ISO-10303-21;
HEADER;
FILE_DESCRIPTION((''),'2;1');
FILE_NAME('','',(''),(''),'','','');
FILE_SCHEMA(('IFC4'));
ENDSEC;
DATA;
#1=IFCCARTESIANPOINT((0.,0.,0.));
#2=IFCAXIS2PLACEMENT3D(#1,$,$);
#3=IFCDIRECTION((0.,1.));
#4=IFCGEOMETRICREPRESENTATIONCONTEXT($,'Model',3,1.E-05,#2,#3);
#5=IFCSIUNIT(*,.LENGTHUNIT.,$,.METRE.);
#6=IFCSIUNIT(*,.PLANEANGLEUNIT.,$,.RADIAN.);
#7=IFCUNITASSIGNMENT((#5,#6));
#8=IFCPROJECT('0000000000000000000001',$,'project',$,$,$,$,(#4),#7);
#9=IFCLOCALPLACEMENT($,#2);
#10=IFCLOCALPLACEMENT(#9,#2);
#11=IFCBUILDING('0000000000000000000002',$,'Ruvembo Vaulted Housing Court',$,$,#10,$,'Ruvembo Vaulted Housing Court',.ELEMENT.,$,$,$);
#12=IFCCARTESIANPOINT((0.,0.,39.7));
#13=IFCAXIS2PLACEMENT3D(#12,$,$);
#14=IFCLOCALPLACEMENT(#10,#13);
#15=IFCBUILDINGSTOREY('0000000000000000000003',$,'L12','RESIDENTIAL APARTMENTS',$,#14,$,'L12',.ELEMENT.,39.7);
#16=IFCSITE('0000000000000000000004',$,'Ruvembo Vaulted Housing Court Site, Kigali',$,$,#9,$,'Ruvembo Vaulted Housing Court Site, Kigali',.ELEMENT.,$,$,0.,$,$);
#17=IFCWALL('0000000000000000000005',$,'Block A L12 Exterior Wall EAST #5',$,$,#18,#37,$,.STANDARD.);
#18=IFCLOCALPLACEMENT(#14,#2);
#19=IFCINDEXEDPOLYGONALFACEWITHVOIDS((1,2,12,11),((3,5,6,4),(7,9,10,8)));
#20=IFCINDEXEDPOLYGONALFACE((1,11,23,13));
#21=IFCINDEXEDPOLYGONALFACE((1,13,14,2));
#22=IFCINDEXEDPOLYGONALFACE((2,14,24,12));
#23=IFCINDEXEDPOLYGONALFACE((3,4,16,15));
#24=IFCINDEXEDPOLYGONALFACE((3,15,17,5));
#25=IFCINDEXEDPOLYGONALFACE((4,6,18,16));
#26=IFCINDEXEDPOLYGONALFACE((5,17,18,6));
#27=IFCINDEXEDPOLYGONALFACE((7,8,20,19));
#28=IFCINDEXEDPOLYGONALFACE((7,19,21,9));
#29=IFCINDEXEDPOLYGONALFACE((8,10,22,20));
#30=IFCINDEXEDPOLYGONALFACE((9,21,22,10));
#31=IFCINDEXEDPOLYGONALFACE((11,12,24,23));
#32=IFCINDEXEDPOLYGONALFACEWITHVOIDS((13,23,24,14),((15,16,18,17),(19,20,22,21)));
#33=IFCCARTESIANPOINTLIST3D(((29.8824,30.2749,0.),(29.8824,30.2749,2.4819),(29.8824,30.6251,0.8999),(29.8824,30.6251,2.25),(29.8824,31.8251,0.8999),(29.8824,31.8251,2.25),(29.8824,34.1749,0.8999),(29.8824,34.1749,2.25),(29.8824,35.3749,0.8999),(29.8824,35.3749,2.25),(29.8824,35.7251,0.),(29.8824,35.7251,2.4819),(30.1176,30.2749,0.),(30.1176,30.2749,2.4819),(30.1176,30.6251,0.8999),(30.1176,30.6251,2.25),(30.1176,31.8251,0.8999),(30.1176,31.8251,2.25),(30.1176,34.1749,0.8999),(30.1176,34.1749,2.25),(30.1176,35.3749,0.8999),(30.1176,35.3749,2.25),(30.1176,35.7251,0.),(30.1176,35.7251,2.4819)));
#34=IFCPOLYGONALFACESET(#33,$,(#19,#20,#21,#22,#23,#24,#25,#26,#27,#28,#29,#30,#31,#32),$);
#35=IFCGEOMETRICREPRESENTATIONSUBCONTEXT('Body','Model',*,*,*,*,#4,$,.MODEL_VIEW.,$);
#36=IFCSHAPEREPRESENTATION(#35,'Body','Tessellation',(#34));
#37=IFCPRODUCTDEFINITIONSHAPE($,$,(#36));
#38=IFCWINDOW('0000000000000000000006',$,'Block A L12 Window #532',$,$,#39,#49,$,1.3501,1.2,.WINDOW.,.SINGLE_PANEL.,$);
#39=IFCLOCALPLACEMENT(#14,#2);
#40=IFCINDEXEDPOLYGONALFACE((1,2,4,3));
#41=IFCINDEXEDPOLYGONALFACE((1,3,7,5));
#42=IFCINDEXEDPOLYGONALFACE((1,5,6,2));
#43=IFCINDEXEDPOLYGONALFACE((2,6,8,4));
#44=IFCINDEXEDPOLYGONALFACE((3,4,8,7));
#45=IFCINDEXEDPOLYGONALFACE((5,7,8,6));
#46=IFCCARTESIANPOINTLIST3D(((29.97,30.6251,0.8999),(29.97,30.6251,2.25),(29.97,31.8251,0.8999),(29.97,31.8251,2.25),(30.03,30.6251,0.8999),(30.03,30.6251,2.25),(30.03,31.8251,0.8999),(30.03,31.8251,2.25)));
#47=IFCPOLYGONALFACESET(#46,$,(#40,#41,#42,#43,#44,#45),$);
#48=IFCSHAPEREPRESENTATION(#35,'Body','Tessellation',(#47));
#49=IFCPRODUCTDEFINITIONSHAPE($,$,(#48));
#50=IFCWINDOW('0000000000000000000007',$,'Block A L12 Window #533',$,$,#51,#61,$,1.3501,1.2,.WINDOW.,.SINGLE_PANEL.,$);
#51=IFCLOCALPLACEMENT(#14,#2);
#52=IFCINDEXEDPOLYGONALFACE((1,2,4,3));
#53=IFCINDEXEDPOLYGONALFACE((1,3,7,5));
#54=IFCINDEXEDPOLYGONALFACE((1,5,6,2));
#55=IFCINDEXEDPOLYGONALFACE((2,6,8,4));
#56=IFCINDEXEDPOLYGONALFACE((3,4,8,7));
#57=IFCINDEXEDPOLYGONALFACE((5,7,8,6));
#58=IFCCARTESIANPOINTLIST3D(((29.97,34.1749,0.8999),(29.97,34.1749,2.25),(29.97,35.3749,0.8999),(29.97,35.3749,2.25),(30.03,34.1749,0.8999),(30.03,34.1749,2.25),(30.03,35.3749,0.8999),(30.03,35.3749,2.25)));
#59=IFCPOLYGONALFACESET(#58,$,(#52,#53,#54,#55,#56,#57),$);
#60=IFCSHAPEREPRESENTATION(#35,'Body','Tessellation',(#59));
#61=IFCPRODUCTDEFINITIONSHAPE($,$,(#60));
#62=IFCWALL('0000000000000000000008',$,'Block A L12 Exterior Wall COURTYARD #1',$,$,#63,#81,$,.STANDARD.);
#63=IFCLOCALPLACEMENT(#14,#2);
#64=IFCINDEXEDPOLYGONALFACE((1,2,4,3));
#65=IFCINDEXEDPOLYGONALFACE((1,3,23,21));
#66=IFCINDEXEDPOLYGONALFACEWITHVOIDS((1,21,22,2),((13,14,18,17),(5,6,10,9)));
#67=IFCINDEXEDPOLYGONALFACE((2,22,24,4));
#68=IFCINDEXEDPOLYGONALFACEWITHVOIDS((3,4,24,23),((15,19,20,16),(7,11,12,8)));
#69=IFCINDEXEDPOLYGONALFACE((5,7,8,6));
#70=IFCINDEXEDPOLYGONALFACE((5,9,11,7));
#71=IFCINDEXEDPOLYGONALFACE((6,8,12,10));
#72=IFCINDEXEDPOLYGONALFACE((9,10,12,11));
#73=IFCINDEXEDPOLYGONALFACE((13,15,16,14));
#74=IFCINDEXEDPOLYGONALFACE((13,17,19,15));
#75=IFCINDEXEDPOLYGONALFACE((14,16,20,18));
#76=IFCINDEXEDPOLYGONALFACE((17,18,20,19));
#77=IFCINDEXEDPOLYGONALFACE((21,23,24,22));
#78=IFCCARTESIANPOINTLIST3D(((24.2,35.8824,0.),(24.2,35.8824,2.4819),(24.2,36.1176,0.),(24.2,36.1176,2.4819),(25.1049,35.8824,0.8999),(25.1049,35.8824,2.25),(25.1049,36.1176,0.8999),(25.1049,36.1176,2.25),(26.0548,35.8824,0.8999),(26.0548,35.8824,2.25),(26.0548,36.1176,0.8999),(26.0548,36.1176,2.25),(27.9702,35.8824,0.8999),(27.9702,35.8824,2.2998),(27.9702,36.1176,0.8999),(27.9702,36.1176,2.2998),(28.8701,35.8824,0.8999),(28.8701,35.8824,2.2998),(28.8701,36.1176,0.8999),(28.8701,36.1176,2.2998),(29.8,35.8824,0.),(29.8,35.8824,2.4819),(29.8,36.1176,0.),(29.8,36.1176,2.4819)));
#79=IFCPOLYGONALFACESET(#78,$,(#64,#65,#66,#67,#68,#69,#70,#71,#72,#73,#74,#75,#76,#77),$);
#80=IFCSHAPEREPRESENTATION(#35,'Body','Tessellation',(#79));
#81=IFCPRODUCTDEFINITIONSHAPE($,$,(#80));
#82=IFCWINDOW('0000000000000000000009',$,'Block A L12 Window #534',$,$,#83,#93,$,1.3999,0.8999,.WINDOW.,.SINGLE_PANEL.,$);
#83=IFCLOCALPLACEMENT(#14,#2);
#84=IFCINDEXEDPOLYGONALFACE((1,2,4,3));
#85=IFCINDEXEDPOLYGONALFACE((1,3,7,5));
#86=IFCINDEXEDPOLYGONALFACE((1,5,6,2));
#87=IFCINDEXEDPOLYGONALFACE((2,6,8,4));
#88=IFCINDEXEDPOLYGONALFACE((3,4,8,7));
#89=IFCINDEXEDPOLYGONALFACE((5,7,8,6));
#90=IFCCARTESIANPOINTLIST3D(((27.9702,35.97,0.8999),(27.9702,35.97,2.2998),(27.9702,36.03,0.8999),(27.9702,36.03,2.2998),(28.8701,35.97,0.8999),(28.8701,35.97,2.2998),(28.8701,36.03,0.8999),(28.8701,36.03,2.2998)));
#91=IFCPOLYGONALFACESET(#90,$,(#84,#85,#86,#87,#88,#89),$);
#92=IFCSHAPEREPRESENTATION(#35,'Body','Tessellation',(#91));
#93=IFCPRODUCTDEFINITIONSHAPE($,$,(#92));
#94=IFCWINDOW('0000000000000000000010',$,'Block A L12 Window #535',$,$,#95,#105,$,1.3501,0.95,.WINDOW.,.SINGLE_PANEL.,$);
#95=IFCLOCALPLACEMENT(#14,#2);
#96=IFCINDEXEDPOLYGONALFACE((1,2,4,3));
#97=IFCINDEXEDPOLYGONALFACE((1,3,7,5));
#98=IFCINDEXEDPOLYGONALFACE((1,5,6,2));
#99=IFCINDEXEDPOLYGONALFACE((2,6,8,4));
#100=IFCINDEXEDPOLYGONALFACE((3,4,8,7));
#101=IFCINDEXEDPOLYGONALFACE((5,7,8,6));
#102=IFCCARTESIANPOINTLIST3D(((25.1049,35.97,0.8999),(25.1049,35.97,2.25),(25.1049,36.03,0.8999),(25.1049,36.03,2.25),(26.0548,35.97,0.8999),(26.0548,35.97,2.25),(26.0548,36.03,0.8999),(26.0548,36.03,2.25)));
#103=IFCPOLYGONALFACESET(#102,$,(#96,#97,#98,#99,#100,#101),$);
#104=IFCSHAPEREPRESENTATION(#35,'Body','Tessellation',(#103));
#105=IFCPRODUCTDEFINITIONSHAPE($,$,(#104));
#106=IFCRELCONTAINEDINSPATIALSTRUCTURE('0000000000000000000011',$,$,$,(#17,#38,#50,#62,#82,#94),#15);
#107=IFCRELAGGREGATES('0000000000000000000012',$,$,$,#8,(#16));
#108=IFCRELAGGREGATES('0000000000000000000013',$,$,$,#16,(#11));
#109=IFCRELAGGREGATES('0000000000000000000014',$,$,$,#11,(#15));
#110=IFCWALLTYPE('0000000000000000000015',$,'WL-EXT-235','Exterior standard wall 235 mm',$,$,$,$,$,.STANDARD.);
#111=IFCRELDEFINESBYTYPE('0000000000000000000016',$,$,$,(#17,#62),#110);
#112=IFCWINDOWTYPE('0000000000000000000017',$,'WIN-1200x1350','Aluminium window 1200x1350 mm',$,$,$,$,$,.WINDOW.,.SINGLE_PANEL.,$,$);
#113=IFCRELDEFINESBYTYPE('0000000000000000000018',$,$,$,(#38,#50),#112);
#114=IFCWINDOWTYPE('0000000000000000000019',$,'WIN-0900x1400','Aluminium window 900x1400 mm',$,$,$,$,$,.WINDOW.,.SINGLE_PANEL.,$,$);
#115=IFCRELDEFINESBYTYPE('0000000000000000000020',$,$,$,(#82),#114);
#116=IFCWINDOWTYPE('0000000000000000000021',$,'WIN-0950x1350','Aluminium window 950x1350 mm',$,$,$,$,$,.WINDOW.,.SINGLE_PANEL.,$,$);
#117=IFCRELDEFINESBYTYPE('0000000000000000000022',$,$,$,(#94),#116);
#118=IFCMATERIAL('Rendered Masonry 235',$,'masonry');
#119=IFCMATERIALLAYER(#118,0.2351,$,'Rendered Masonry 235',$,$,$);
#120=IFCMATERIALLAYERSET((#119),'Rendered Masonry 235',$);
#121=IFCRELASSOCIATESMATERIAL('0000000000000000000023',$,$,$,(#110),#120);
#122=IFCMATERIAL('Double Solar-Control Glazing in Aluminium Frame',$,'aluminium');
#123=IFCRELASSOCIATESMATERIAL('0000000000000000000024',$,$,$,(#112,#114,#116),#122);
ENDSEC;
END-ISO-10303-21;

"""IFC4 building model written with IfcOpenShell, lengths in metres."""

from ifc_helpers import new_model, si_unit, direction, frame, frame_2d, origin, place, context, subcontext, project, spatial, rectangle, extrude, material, layer, layer_set, type_object, element, fill, save


model = new_model("IFC4")

# Units and contexts
model_context = context("Model", 3, precision=1e-05, world=origin(), true_north=direction((0.0, 1.0)))
body_context = subcontext(model_context, "Body", "Model", "MODEL_VIEW")
ifc_project = project(units=[si_unit("LENGTHUNIT", "METRE"), si_unit("PLANEANGLEUNIT", "RADIAN")], contexts=[model_context])

# Site, building, storey
site_placement = place(None, origin())
site = spatial("IfcSite", under=ifc_project, at=site_placement, Name="Ruvembo Vaulted Housing Court Site, Kigali", LongName="Ruvembo Vaulted Housing Court Site, Kigali", CompositionType="ELEMENT", RefElevation=0.0)
building_placement = place(site_placement, origin())
building = spatial("IfcBuilding", under=site, at=building_placement, Name="Ruvembo Vaulted Housing Court", LongName="Ruvembo Vaulted Housing Court", CompositionType="ELEMENT")
storey_placement = place(building_placement, frame((0.0, 0.0, 39.7)))
storey = spatial("IfcBuildingStorey", under=building, at=storey_placement, Name="L12", Description="RESIDENTIAL APARTMENTS", LongName="L12", CompositionType="ELEMENT", Elevation=39.7)

# Walls, openings, windows
ifc_material_1 = material(Name="Rendered Masonry 235", Category="masonry")
ifc_layer_1 = layer(ifc_material_1, 0.2351, Name="Rendered Masonry 235")
ifc_layer_set_1 = layer_set([ifc_layer_1], Name="Rendered Masonry 235")
wall_type_1 = type_object("IfcWallType", Name="WL-EXT-235", Description="Exterior standard wall 235 mm", PredefinedType="STANDARD", material=ifc_layer_set_1)
wall_1_placement = place(storey_placement, frame((30.0, 30.2749, 0.0), z_axis=(0.0, 0.0, 1.0), x_axis=(0.0, 1.0, 0.0)))
wall_1 = element("IfcWall", 1, at=wall_1_placement, inside=storey, type_object=wall_type_1, Name="Block A L12 Exterior Wall EAST #5", PredefinedType="STANDARD", context=body_context, shape_type="SweptSolid", body=[
    extrude(rectangle(XDim=5.4502, YDim=0.2351, at=frame_2d((2.7251, 0.0))), origin(), (0.0, 0.0, 1.0), 2.4819),
])
opening_1_placement = place(wall_1_placement, frame((0.3501, 0.0, 0.8999)))
opening_1 = element("IfcOpeningElement", 2, at=opening_1_placement, cuts=wall_1, PredefinedType="OPENING", context=body_context, shape_type="SweptSolid", body=[
    extrude(rectangle(XDim=1.2, YDim=1.3501, at=frame_2d((0.6001, 0.675))), frame((0.0, 0.1274, 0.0), z_axis=(0.0, -1.0, 0.0), x_axis=(1.0, 0.0, 0.0)), (0.0, 0.0, 1.0), 0.2551),
])
opening_2_placement = place(wall_1_placement, frame((3.8999, 0.0, 0.8999)))
opening_2 = element("IfcOpeningElement", 3, at=opening_2_placement, cuts=wall_1, PredefinedType="OPENING", context=body_context, shape_type="SweptSolid", body=[
    extrude(rectangle(XDim=1.2, YDim=1.3501, at=frame_2d((0.6001, 0.675))), frame((0.0, 0.1274, 0.0), z_axis=(0.0, -1.0, 0.0), x_axis=(1.0, 0.0, 0.0)), (0.0, 0.0, 1.0), 0.2551),
])
ifc_material_2 = material(Name="Double Solar-Control Glazing in Aluminium Frame", Category="aluminium")
window_type_1 = type_object("IfcWindowType", Name="WIN-1200x1350", Description="Aluminium window 1200x1350 mm", PartitioningType="SINGLE_PANEL", PredefinedType="WINDOW", material=ifc_material_2)
window_1_placement = place(opening_1_placement, origin())
window_1 = element("IfcWindow", 4, at=window_1_placement, inside=storey, type_object=window_type_1, Name="Block A L12 Window #532", OverallHeight=1.3501, OverallWidth=1.2, PartitioningType="SINGLE_PANEL", PredefinedType="WINDOW", context=body_context, shape_type="SweptSolid", body=[
    extrude(rectangle(XDim=1.2, YDim=1.3501, at=frame_2d((0.6001, 0.675))), frame((0.0, 0.03, 0.0), z_axis=(0.0, -1.0, 0.0), x_axis=(1.0, 0.0, 0.0)), (0.0, 0.0, 1.0), 0.0601),
])
fill(opening_1, window_1)
window_2_placement = place(opening_2_placement, origin())
window_2 = element("IfcWindow", 5, at=window_2_placement, inside=storey, type_object=window_type_1, Name="Block A L12 Window #533", OverallHeight=1.3501, OverallWidth=1.2, PartitioningType="SINGLE_PANEL", PredefinedType="WINDOW", context=body_context, shape_type="SweptSolid", body=[
    extrude(rectangle(XDim=1.2, YDim=1.3501, at=frame_2d((0.6001, 0.675))), frame((0.0, 0.03, 0.0), z_axis=(0.0, -1.0, 0.0), x_axis=(1.0, 0.0, 0.0)), (0.0, 0.0, 1.0), 0.0601),
])
fill(opening_2, window_2)
wall_2_placement = place(storey_placement, frame((29.8, 36.0, 0.0), z_axis=(0.0, 0.0, 1.0), x_axis=(-1.0, 0.0, 0.0)))
wall_2 = element("IfcWall", 6, at=wall_2_placement, inside=storey, type_object=wall_type_1, Name="Block A L12 Exterior Wall COURTYARD #1", PredefinedType="STANDARD", context=body_context, shape_type="SweptSolid", body=[
    extrude(rectangle(XDim=5.6001, YDim=0.2351, at=frame_2d((2.8, 0.0))), origin(), (0.0, 0.0, 1.0), 2.4819),
])
opening_3_placement = place(wall_2_placement, frame((0.9299, 0.0, 0.8999)))
opening_3 = element("IfcOpeningElement", 7, at=opening_3_placement, cuts=wall_2, PredefinedType="OPENING", context=body_context, shape_type="SweptSolid", body=[
    extrude(rectangle(XDim=0.8999, YDim=1.3999, at=frame_2d((0.45, 0.7))), frame((0.0, 0.1274, 0.0), z_axis=(0.0, -1.0, 0.0), x_axis=(1.0, 0.0, 0.0)), (0.0, 0.0, 1.0), 0.2551),
])
opening_4_placement = place(wall_2_placement, frame((3.7451, 0.0, 0.8999)))
opening_4 = element("IfcOpeningElement", 8, at=opening_4_placement, cuts=wall_2, PredefinedType="OPENING", context=body_context, shape_type="SweptSolid", body=[
    extrude(rectangle(XDim=0.95, YDim=1.3501, at=frame_2d((0.4751, 0.675))), frame((0.0, 0.1274, 0.0), z_axis=(0.0, -1.0, 0.0), x_axis=(1.0, 0.0, 0.0)), (0.0, 0.0, 1.0), 0.2551),
])
window_type_2 = type_object("IfcWindowType", Name="WIN-0900x1400", Description="Aluminium window 900x1400 mm", PartitioningType="SINGLE_PANEL", PredefinedType="WINDOW", material=ifc_material_2)
window_3_placement = place(opening_3_placement, origin())
window_3 = element("IfcWindow", 9, at=window_3_placement, inside=storey, type_object=window_type_2, Name="Block A L12 Window #534", OverallHeight=1.3999, OverallWidth=0.8999, PartitioningType="SINGLE_PANEL", PredefinedType="WINDOW", context=body_context, shape_type="SweptSolid", body=[
    extrude(rectangle(XDim=0.8999, YDim=1.3999, at=frame_2d((0.45, 0.7))), frame((0.0, 0.03, 0.0), z_axis=(0.0, -1.0, 0.0), x_axis=(1.0, 0.0, 0.0)), (0.0, 0.0, 1.0), 0.0601),
])
fill(opening_3, window_3)
window_type_3 = type_object("IfcWindowType", Name="WIN-0950x1350", Description="Aluminium window 950x1350 mm", PartitioningType="SINGLE_PANEL", PredefinedType="WINDOW", material=ifc_material_2)
window_4_placement = place(opening_4_placement, origin())
window_4 = element("IfcWindow", 10, at=window_4_placement, inside=storey, type_object=window_type_3, Name="Block A L12 Window #535", OverallHeight=1.3501, OverallWidth=0.95, PartitioningType="SINGLE_PANEL", PredefinedType="WINDOW", context=body_context, shape_type="SweptSolid", body=[
    extrude(rectangle(XDim=0.95, YDim=1.3501, at=frame_2d((0.4751, 0.675))), frame((0.0, 0.03, 0.0), z_axis=(0.0, -1.0, 0.0), x_axis=(1.0, 0.0, 0.0)), (0.0, 0.0, 1.0), 0.0601),
])
fill(opening_4, window_4)

save(model, "model.ifc")
